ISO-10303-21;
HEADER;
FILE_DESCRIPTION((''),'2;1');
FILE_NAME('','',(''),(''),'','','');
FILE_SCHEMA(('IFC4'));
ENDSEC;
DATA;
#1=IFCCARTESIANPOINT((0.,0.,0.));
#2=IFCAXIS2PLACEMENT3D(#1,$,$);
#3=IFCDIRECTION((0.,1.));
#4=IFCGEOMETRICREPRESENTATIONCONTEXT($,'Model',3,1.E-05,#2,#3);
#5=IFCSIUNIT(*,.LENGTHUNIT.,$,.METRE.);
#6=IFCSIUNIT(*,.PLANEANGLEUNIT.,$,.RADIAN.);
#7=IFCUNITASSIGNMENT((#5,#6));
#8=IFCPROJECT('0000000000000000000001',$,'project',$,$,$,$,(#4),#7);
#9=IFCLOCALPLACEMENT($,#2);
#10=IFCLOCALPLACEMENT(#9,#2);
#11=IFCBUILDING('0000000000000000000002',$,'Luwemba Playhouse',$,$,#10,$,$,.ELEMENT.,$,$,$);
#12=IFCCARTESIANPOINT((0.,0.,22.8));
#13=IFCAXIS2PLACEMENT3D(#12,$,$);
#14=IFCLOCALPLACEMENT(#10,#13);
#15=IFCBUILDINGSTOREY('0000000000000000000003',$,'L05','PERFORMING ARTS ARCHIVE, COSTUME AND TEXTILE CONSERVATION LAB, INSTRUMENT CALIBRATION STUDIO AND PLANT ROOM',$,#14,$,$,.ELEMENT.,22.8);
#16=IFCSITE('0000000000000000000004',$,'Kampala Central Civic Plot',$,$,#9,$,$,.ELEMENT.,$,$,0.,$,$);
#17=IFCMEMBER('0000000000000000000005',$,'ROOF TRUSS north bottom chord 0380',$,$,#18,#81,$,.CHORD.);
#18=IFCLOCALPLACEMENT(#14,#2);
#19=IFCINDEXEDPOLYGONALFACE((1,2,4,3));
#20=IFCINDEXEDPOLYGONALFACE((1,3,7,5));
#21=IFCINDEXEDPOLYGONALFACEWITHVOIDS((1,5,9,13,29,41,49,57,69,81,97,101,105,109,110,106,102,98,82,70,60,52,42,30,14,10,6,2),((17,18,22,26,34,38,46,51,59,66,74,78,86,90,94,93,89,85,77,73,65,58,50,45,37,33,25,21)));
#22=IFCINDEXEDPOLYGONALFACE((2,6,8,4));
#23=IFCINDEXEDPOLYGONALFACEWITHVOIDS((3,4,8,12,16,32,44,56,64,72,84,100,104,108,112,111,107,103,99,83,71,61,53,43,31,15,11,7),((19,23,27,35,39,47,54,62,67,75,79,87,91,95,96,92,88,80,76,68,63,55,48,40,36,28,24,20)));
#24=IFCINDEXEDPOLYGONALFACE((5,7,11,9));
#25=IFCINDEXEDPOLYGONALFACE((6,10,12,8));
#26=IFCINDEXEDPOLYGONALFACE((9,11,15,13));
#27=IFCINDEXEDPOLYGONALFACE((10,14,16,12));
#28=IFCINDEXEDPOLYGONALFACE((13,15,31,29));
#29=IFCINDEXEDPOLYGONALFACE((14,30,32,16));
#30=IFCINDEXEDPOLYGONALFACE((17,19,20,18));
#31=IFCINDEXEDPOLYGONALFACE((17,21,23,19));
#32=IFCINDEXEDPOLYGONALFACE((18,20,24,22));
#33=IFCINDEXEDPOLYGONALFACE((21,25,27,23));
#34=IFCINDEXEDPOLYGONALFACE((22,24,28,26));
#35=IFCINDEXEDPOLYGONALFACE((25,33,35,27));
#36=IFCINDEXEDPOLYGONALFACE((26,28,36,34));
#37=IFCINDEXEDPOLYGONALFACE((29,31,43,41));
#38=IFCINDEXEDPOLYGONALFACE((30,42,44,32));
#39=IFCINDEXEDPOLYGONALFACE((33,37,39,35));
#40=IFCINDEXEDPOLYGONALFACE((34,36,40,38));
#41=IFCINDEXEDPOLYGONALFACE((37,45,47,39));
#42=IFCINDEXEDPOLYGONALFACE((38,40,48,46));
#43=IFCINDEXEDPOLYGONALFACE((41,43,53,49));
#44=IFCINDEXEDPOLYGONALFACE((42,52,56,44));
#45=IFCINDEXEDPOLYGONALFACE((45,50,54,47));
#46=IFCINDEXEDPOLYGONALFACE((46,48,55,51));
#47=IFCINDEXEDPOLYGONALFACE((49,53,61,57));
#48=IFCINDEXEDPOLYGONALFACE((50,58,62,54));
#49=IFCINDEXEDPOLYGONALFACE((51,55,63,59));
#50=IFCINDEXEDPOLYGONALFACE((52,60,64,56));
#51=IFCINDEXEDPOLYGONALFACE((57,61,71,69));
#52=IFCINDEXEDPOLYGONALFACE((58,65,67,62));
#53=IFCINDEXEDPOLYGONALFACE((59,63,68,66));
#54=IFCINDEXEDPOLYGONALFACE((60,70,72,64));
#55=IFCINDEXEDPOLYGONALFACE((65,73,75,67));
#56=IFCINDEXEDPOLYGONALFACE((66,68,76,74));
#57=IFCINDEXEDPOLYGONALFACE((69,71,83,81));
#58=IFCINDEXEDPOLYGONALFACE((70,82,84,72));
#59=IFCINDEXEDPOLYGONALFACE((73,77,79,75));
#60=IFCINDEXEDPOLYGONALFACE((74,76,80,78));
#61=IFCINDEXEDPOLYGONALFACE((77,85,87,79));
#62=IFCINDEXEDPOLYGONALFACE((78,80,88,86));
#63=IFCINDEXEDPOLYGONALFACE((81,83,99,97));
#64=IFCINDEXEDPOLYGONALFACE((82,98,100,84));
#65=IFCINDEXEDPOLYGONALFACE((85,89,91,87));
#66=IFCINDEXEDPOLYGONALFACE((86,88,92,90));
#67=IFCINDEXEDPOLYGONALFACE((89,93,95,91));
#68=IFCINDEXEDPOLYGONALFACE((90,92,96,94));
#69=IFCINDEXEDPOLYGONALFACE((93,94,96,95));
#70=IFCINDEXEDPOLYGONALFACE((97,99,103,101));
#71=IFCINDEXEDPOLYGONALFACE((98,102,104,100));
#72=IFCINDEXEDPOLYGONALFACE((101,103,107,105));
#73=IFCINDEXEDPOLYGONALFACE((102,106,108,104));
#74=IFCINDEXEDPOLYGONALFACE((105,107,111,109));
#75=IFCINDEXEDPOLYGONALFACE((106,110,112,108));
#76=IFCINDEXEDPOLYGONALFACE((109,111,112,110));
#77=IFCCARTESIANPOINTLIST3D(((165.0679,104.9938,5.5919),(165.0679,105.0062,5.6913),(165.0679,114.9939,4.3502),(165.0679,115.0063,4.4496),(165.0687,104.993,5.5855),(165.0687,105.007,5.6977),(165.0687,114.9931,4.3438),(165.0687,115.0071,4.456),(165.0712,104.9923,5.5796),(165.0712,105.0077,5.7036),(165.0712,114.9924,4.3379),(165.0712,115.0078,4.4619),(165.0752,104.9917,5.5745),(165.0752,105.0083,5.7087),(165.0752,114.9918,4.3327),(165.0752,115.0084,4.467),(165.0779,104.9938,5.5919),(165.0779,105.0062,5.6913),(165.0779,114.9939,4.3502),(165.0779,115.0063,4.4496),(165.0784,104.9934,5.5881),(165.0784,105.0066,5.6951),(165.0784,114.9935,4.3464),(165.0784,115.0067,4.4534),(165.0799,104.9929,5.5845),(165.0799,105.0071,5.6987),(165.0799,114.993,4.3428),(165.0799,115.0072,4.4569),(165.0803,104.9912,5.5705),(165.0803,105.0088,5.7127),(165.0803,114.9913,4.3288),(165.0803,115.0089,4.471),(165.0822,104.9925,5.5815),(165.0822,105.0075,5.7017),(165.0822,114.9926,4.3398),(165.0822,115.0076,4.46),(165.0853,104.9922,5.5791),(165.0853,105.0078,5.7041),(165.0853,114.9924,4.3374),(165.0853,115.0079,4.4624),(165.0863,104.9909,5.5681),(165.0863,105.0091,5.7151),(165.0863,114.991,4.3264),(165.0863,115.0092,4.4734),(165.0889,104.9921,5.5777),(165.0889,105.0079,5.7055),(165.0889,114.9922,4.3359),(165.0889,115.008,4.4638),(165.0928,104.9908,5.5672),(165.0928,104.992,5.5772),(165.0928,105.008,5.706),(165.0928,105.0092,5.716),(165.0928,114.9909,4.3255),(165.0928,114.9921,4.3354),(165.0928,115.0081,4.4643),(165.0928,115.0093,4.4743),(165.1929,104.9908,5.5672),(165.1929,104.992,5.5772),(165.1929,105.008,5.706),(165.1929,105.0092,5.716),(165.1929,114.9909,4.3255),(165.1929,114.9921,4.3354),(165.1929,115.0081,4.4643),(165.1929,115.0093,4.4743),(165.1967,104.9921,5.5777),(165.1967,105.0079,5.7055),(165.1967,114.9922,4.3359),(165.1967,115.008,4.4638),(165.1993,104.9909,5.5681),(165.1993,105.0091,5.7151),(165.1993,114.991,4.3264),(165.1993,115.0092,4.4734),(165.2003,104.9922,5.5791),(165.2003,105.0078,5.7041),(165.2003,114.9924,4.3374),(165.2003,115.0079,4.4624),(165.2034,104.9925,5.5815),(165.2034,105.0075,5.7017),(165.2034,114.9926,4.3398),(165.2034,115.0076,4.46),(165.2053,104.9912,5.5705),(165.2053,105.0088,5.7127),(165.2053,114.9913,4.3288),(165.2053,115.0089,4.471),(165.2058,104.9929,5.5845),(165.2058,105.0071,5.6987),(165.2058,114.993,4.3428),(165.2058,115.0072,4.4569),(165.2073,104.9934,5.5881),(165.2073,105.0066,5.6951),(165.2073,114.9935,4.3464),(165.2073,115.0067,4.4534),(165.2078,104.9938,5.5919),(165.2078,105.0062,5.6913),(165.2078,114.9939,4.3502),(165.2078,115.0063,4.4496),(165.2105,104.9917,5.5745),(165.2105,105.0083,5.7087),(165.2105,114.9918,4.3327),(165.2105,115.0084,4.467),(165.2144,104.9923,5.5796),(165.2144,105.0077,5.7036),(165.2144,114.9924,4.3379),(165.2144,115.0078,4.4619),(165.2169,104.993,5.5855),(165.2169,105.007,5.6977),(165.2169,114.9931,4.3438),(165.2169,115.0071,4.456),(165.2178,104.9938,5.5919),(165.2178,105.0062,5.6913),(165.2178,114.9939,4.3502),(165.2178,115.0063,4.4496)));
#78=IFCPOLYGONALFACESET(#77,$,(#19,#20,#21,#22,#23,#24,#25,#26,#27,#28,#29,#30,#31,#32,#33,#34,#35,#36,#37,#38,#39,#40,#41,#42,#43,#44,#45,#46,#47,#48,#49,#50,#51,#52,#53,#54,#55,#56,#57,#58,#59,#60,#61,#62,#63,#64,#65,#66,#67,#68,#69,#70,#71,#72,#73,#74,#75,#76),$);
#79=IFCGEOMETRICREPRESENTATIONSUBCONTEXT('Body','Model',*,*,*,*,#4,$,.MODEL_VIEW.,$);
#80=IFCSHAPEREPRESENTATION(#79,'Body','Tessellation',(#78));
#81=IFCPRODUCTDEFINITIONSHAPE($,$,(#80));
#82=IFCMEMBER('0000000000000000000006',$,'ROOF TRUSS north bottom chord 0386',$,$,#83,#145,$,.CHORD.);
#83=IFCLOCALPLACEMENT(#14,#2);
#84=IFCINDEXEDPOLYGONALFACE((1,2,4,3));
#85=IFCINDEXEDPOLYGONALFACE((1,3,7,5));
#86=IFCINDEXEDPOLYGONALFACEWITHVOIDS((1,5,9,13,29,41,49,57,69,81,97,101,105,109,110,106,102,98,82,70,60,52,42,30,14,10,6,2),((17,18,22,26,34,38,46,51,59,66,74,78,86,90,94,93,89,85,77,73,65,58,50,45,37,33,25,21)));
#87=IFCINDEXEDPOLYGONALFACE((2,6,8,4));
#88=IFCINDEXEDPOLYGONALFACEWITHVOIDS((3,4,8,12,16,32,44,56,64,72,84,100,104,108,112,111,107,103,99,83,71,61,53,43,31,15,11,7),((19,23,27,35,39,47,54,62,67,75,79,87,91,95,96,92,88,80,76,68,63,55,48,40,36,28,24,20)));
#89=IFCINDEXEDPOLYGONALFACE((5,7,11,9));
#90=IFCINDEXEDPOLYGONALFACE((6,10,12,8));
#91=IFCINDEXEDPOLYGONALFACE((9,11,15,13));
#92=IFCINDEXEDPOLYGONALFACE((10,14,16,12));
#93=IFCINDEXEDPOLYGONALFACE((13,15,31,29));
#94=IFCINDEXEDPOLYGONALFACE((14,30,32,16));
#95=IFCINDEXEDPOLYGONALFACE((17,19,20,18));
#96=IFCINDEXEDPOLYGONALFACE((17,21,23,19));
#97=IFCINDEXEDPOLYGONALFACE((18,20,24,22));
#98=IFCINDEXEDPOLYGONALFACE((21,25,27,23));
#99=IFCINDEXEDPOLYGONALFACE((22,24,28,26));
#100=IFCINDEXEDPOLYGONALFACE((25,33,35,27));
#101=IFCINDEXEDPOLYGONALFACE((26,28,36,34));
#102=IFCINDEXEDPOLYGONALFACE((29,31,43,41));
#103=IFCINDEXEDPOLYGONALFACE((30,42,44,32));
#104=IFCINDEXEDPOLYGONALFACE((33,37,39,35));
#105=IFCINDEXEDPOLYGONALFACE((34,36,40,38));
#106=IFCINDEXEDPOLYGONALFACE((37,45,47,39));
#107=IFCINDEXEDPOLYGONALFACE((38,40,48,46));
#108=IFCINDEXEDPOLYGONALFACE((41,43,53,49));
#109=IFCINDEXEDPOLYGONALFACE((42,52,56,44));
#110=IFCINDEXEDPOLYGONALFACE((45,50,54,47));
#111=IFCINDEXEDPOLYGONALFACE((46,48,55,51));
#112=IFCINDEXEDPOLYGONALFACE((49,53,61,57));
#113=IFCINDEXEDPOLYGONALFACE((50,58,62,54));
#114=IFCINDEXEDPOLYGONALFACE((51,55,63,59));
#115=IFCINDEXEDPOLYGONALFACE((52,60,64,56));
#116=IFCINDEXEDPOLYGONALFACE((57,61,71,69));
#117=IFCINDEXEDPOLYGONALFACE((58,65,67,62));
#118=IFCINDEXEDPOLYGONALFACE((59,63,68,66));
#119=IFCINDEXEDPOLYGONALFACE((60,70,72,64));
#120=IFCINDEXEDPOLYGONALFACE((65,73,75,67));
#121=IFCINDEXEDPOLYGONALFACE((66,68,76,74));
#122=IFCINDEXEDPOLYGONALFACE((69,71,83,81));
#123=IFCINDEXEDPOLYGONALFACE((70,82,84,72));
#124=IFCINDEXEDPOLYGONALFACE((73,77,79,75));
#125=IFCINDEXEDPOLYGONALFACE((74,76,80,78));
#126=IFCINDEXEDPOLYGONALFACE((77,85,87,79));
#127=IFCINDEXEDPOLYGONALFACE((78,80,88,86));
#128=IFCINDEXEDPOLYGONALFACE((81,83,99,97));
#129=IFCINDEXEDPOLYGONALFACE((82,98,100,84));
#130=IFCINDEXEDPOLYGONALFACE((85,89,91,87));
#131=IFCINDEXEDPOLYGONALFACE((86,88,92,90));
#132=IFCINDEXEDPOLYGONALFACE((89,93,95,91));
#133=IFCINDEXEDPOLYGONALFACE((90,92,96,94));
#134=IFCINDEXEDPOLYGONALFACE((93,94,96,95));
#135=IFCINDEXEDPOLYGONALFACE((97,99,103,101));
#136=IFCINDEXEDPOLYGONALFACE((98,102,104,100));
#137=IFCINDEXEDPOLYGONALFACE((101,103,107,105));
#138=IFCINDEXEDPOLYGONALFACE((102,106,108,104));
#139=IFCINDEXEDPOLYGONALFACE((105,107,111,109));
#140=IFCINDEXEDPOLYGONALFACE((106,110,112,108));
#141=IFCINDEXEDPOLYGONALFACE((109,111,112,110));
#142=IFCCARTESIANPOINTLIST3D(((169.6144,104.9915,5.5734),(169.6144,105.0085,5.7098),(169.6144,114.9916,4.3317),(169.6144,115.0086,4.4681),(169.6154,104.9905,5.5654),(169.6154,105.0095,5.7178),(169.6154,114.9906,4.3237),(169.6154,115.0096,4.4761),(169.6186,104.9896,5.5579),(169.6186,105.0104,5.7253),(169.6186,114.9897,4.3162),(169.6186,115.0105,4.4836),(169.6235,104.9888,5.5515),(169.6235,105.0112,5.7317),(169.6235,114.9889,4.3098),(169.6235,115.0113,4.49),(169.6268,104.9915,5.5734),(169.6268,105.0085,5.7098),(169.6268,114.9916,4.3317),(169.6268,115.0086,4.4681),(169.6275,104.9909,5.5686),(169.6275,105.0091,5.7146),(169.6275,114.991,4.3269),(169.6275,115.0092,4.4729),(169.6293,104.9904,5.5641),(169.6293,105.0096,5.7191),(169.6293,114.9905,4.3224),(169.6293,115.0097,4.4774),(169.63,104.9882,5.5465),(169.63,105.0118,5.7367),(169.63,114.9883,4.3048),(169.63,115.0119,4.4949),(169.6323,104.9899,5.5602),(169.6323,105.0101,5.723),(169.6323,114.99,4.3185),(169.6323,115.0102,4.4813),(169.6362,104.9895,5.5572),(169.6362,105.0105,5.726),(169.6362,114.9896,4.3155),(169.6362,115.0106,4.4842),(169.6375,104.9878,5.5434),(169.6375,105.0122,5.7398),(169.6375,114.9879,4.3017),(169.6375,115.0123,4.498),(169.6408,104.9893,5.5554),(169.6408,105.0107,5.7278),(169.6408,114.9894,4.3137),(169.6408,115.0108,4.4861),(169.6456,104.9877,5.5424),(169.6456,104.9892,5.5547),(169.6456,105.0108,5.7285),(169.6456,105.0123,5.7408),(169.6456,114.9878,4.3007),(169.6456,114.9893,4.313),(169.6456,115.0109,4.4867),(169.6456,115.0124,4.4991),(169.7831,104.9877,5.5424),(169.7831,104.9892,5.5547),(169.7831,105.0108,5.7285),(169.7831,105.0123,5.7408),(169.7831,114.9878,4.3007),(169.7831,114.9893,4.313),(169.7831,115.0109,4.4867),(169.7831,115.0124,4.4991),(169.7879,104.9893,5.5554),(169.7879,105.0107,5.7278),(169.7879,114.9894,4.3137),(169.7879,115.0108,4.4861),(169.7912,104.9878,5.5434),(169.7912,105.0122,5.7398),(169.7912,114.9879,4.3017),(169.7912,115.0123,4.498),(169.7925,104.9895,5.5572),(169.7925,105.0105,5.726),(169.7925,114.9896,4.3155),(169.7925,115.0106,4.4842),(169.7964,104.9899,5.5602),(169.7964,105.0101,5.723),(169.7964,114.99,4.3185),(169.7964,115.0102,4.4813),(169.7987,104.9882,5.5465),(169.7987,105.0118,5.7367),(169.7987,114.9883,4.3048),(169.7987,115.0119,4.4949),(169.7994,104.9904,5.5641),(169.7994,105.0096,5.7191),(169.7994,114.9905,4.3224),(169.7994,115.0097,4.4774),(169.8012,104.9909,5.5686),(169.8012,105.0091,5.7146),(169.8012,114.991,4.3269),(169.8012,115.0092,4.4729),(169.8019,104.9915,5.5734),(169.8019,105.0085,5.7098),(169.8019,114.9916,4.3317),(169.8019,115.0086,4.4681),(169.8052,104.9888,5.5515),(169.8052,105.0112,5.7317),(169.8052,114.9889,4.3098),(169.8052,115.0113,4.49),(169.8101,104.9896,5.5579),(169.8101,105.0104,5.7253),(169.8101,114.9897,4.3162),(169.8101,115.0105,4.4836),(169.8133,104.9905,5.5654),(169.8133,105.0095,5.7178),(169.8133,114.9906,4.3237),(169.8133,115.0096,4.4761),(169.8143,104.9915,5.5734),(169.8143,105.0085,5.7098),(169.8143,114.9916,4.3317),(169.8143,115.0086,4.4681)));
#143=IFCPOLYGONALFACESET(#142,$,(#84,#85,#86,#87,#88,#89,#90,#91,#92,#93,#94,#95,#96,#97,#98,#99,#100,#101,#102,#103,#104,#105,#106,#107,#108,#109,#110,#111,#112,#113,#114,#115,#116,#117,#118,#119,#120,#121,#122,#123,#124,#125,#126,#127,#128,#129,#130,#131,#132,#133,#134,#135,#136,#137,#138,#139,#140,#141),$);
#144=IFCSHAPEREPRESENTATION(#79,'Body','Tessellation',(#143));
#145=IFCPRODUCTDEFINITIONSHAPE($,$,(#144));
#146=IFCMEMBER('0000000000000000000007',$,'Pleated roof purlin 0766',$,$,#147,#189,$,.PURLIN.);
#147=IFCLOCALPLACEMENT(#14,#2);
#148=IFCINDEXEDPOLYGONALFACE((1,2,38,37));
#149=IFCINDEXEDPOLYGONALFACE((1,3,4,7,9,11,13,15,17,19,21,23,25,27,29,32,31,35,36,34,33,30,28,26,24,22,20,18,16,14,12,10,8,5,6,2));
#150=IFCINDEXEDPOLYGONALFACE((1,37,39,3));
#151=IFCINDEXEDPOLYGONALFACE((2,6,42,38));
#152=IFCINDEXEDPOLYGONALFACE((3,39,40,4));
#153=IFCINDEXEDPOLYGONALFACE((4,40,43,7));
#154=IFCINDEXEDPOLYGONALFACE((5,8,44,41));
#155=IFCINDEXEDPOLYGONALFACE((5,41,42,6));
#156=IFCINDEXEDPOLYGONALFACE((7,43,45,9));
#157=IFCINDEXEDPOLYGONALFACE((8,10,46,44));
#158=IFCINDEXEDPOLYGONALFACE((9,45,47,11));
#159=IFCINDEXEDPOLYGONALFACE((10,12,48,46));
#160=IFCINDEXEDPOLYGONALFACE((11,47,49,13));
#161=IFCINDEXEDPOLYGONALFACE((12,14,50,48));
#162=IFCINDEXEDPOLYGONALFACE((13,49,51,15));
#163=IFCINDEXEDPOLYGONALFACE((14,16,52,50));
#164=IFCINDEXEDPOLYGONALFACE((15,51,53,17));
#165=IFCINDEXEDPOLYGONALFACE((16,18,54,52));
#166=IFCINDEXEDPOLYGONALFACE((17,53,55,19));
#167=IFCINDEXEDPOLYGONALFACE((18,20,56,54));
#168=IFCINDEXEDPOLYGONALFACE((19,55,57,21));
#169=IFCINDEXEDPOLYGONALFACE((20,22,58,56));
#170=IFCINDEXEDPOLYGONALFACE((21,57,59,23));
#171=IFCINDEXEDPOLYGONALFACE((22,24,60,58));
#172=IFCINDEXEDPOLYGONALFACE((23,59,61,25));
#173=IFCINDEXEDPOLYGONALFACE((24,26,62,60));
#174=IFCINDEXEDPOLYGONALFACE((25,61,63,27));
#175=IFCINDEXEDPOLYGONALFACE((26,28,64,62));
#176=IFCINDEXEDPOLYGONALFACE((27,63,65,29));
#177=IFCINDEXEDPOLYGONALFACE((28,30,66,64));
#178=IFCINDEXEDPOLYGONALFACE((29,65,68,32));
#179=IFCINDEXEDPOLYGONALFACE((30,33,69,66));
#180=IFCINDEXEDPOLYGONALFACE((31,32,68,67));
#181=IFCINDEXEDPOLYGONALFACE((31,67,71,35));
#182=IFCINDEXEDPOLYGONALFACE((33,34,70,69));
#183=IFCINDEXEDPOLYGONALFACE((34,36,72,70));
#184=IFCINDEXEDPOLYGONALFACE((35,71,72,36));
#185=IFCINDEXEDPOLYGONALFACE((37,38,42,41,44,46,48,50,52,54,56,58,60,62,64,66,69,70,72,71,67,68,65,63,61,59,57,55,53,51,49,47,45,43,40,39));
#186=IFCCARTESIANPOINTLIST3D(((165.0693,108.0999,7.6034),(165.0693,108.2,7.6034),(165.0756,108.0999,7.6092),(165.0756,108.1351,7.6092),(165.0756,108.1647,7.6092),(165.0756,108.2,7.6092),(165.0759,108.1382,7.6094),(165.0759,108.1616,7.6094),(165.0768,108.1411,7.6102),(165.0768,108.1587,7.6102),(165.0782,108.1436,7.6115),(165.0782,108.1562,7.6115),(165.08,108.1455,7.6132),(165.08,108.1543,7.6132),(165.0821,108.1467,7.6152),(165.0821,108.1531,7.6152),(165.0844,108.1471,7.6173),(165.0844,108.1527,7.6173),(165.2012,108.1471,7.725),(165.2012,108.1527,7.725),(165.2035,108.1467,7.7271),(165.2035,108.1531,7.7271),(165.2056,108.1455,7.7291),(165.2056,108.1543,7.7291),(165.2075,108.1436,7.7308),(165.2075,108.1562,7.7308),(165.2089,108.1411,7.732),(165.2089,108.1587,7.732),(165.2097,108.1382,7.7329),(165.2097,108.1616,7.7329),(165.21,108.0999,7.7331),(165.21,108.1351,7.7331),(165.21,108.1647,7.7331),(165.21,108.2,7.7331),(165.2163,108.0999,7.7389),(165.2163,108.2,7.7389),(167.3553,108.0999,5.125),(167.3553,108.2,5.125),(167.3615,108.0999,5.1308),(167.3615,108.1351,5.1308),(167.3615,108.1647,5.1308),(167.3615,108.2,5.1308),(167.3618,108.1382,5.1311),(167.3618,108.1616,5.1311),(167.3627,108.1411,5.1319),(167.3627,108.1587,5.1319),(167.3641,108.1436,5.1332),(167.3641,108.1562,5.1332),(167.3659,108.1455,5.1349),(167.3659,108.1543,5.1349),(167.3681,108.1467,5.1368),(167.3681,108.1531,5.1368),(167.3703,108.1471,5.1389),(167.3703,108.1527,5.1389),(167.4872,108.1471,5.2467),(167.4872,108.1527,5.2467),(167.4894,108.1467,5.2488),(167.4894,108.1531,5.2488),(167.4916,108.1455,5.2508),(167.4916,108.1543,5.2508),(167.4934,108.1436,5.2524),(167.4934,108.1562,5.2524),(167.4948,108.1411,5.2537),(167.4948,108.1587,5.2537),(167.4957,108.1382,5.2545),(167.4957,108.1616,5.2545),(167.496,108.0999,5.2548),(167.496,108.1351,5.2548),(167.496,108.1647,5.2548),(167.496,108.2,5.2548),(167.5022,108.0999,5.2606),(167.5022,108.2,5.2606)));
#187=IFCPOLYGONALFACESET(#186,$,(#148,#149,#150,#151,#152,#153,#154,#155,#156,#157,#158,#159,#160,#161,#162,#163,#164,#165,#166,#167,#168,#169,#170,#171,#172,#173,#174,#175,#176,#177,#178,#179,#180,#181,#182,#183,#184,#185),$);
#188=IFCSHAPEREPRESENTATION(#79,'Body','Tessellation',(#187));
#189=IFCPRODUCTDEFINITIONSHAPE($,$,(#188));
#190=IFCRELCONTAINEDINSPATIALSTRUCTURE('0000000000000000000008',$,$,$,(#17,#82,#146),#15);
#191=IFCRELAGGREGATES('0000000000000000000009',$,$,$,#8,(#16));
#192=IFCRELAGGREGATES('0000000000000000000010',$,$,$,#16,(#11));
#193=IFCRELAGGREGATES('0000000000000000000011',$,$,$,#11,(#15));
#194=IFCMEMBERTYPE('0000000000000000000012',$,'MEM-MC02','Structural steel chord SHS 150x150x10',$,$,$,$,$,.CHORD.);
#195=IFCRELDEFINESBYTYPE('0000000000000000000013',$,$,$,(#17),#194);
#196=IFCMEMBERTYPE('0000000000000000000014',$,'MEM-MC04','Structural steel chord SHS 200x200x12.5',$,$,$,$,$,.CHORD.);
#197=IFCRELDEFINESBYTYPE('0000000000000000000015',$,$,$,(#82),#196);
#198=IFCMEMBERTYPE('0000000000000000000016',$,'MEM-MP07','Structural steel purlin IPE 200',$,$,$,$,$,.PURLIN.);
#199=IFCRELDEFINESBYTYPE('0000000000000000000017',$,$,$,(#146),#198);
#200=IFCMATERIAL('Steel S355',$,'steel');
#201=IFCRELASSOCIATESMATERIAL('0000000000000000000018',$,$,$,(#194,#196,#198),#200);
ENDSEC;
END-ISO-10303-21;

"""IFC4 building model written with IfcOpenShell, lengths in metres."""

from ifc_helpers import new_model, si_unit, direction, frame, origin, origin_2d, place, context, subcontext, project, spatial, hollow_rectangle, i_section, extrude, material, material_profile, profile_set, type_object, element, save


model = new_model("IFC4")

# Units and contexts
model_context = context("Model", 3, precision=1e-05, world=origin(), true_north=direction((0.0, 1.0)))
body_context = subcontext(model_context, "Body", "Model", "MODEL_VIEW")
ifc_project = project(units=[si_unit("LENGTHUNIT", "METRE"), si_unit("PLANEANGLEUNIT", "RADIAN")], contexts=[model_context])

# Site, building, storey
site_placement = place(None, origin())
site = spatial("IfcSite", under=ifc_project, at=site_placement, Name="Kampala Central Civic Plot", CompositionType="ELEMENT", RefElevation=0.0)
building_placement = place(site_placement, origin())
building = spatial("IfcBuilding", under=site, at=building_placement, Name="Luwemba Playhouse", CompositionType="ELEMENT")
storey_placement = place(building_placement, frame((0.0, 0.0, 22.8)))
storey = spatial("IfcBuildingStorey", under=building, at=storey_placement, Name="L05", Description="PERFORMING ARTS ARCHIVE, COSTUME AND TEXTILE CONSERVATION LAB, INSTRUMENT CALIBRATION STUDIO AND PLANT ROOM", CompositionType="ELEMENT", Elevation=22.8)

# Shared definitions
ifc_material_1 = material(Name="Steel S355", Category="steel")

# Members
ifc_material_profile_1 = material_profile(ifc_material_1, hollow_rectangle(XDim=0.1499, YDim=0.1499, WallThickness=0.01, InnerFilletRadius=0.0149, OuterFilletRadius=0.0249, at=origin_2d()))
ifc_profile_set_1 = profile_set([ifc_material_profile_1], Name="Steel S355")
member_type_1 = type_object("IfcMemberType", Name="MEM-MC02", Description="Structural steel chord SHS 150x150x10", PredefinedType="CHORD", material=ifc_profile_set_1)
member_1_placement = place(storey_placement, frame((165.1428, 105.0, 5.6416), z_axis=(0.0, 0.992379, -0.123224), x_axis=(-1.0, 0.0, 0.0)))
element("IfcMember", 1, at=member_1_placement, inside=storey, type_object=member_type_1, Name="ROOF TRUSS north bottom chord 0380", PredefinedType="CHORD", context=body_context, shape_type="SweptSolid", body=[
    extrude(hollow_rectangle(XDim=0.1499, YDim=0.1499, WallThickness=0.01, InnerFilletRadius=0.0149, OuterFilletRadius=0.0249, at=origin_2d()), origin(), (0.0, 0.0, 1.0), 10.0769),
])
ifc_material_profile_2 = material_profile(ifc_material_1, hollow_rectangle(XDim=0.2, YDim=0.2, WallThickness=0.0125, InnerFilletRadius=0.0188, OuterFilletRadius=0.0312, at=origin_2d()))
ifc_profile_set_2 = profile_set([ifc_material_profile_2], Name="Steel S355")
member_type_2 = type_object("IfcMemberType", Name="MEM-MC04", Description="Structural steel chord SHS 200x200x12.5", PredefinedType="CHORD", material=ifc_profile_set_2)
member_2_placement = place(storey_placement, frame((169.7144, 105.0, 5.6416), z_axis=(0.0, 0.992379, -0.123224), x_axis=(-1.0, 0.0, 0.0)))
element("IfcMember", 2, at=member_2_placement, inside=storey, type_object=member_type_2, Name="ROOF TRUSS north bottom chord 0386", PredefinedType="CHORD", context=body_context, shape_type="SweptSolid", body=[
    extrude(hollow_rectangle(XDim=0.2, YDim=0.2, WallThickness=0.0125, InnerFilletRadius=0.0188, OuterFilletRadius=0.0312, at=origin_2d()), origin(), (0.0, 0.0, 1.0), 10.0769),
])
ifc_material_profile_3 = material_profile(ifc_material_1, i_section(OverallWidth=0.1001, OverallDepth=0.2, WebThickness=0.0056, FlangeThickness=0.0085, FilletRadius=0.012, at=origin_2d()))
ifc_profile_set_3 = profile_set([ifc_material_profile_3], Name="Steel S355")
member_type_3 = type_object("IfcMemberType", Name="MEM-MP07", Description="Structural steel purlin IPE 200", PredefinedType="PURLIN", material=ifc_profile_set_3)
member_3_placement = place(storey_placement, frame((165.1428, 108.1499, 7.6711), z_axis=(0.678, 0.0, -0.735062), x_axis=(0.0, 1.0, 0.0)))
element("IfcMember", 3, at=member_3_placement, inside=storey, type_object=member_type_3, Name="Pleated roof purlin 0766", PredefinedType="PURLIN", context=body_context, shape_type="SweptSolid", body=[
    extrude(i_section(OverallWidth=0.1001, OverallDepth=0.2, WebThickness=0.0056, FlangeThickness=0.0085, FilletRadius=0.012, at=origin_2d()), origin(), (0.0, 0.0, 1.0), 3.3716),
])

save(model, "model.ifc")
